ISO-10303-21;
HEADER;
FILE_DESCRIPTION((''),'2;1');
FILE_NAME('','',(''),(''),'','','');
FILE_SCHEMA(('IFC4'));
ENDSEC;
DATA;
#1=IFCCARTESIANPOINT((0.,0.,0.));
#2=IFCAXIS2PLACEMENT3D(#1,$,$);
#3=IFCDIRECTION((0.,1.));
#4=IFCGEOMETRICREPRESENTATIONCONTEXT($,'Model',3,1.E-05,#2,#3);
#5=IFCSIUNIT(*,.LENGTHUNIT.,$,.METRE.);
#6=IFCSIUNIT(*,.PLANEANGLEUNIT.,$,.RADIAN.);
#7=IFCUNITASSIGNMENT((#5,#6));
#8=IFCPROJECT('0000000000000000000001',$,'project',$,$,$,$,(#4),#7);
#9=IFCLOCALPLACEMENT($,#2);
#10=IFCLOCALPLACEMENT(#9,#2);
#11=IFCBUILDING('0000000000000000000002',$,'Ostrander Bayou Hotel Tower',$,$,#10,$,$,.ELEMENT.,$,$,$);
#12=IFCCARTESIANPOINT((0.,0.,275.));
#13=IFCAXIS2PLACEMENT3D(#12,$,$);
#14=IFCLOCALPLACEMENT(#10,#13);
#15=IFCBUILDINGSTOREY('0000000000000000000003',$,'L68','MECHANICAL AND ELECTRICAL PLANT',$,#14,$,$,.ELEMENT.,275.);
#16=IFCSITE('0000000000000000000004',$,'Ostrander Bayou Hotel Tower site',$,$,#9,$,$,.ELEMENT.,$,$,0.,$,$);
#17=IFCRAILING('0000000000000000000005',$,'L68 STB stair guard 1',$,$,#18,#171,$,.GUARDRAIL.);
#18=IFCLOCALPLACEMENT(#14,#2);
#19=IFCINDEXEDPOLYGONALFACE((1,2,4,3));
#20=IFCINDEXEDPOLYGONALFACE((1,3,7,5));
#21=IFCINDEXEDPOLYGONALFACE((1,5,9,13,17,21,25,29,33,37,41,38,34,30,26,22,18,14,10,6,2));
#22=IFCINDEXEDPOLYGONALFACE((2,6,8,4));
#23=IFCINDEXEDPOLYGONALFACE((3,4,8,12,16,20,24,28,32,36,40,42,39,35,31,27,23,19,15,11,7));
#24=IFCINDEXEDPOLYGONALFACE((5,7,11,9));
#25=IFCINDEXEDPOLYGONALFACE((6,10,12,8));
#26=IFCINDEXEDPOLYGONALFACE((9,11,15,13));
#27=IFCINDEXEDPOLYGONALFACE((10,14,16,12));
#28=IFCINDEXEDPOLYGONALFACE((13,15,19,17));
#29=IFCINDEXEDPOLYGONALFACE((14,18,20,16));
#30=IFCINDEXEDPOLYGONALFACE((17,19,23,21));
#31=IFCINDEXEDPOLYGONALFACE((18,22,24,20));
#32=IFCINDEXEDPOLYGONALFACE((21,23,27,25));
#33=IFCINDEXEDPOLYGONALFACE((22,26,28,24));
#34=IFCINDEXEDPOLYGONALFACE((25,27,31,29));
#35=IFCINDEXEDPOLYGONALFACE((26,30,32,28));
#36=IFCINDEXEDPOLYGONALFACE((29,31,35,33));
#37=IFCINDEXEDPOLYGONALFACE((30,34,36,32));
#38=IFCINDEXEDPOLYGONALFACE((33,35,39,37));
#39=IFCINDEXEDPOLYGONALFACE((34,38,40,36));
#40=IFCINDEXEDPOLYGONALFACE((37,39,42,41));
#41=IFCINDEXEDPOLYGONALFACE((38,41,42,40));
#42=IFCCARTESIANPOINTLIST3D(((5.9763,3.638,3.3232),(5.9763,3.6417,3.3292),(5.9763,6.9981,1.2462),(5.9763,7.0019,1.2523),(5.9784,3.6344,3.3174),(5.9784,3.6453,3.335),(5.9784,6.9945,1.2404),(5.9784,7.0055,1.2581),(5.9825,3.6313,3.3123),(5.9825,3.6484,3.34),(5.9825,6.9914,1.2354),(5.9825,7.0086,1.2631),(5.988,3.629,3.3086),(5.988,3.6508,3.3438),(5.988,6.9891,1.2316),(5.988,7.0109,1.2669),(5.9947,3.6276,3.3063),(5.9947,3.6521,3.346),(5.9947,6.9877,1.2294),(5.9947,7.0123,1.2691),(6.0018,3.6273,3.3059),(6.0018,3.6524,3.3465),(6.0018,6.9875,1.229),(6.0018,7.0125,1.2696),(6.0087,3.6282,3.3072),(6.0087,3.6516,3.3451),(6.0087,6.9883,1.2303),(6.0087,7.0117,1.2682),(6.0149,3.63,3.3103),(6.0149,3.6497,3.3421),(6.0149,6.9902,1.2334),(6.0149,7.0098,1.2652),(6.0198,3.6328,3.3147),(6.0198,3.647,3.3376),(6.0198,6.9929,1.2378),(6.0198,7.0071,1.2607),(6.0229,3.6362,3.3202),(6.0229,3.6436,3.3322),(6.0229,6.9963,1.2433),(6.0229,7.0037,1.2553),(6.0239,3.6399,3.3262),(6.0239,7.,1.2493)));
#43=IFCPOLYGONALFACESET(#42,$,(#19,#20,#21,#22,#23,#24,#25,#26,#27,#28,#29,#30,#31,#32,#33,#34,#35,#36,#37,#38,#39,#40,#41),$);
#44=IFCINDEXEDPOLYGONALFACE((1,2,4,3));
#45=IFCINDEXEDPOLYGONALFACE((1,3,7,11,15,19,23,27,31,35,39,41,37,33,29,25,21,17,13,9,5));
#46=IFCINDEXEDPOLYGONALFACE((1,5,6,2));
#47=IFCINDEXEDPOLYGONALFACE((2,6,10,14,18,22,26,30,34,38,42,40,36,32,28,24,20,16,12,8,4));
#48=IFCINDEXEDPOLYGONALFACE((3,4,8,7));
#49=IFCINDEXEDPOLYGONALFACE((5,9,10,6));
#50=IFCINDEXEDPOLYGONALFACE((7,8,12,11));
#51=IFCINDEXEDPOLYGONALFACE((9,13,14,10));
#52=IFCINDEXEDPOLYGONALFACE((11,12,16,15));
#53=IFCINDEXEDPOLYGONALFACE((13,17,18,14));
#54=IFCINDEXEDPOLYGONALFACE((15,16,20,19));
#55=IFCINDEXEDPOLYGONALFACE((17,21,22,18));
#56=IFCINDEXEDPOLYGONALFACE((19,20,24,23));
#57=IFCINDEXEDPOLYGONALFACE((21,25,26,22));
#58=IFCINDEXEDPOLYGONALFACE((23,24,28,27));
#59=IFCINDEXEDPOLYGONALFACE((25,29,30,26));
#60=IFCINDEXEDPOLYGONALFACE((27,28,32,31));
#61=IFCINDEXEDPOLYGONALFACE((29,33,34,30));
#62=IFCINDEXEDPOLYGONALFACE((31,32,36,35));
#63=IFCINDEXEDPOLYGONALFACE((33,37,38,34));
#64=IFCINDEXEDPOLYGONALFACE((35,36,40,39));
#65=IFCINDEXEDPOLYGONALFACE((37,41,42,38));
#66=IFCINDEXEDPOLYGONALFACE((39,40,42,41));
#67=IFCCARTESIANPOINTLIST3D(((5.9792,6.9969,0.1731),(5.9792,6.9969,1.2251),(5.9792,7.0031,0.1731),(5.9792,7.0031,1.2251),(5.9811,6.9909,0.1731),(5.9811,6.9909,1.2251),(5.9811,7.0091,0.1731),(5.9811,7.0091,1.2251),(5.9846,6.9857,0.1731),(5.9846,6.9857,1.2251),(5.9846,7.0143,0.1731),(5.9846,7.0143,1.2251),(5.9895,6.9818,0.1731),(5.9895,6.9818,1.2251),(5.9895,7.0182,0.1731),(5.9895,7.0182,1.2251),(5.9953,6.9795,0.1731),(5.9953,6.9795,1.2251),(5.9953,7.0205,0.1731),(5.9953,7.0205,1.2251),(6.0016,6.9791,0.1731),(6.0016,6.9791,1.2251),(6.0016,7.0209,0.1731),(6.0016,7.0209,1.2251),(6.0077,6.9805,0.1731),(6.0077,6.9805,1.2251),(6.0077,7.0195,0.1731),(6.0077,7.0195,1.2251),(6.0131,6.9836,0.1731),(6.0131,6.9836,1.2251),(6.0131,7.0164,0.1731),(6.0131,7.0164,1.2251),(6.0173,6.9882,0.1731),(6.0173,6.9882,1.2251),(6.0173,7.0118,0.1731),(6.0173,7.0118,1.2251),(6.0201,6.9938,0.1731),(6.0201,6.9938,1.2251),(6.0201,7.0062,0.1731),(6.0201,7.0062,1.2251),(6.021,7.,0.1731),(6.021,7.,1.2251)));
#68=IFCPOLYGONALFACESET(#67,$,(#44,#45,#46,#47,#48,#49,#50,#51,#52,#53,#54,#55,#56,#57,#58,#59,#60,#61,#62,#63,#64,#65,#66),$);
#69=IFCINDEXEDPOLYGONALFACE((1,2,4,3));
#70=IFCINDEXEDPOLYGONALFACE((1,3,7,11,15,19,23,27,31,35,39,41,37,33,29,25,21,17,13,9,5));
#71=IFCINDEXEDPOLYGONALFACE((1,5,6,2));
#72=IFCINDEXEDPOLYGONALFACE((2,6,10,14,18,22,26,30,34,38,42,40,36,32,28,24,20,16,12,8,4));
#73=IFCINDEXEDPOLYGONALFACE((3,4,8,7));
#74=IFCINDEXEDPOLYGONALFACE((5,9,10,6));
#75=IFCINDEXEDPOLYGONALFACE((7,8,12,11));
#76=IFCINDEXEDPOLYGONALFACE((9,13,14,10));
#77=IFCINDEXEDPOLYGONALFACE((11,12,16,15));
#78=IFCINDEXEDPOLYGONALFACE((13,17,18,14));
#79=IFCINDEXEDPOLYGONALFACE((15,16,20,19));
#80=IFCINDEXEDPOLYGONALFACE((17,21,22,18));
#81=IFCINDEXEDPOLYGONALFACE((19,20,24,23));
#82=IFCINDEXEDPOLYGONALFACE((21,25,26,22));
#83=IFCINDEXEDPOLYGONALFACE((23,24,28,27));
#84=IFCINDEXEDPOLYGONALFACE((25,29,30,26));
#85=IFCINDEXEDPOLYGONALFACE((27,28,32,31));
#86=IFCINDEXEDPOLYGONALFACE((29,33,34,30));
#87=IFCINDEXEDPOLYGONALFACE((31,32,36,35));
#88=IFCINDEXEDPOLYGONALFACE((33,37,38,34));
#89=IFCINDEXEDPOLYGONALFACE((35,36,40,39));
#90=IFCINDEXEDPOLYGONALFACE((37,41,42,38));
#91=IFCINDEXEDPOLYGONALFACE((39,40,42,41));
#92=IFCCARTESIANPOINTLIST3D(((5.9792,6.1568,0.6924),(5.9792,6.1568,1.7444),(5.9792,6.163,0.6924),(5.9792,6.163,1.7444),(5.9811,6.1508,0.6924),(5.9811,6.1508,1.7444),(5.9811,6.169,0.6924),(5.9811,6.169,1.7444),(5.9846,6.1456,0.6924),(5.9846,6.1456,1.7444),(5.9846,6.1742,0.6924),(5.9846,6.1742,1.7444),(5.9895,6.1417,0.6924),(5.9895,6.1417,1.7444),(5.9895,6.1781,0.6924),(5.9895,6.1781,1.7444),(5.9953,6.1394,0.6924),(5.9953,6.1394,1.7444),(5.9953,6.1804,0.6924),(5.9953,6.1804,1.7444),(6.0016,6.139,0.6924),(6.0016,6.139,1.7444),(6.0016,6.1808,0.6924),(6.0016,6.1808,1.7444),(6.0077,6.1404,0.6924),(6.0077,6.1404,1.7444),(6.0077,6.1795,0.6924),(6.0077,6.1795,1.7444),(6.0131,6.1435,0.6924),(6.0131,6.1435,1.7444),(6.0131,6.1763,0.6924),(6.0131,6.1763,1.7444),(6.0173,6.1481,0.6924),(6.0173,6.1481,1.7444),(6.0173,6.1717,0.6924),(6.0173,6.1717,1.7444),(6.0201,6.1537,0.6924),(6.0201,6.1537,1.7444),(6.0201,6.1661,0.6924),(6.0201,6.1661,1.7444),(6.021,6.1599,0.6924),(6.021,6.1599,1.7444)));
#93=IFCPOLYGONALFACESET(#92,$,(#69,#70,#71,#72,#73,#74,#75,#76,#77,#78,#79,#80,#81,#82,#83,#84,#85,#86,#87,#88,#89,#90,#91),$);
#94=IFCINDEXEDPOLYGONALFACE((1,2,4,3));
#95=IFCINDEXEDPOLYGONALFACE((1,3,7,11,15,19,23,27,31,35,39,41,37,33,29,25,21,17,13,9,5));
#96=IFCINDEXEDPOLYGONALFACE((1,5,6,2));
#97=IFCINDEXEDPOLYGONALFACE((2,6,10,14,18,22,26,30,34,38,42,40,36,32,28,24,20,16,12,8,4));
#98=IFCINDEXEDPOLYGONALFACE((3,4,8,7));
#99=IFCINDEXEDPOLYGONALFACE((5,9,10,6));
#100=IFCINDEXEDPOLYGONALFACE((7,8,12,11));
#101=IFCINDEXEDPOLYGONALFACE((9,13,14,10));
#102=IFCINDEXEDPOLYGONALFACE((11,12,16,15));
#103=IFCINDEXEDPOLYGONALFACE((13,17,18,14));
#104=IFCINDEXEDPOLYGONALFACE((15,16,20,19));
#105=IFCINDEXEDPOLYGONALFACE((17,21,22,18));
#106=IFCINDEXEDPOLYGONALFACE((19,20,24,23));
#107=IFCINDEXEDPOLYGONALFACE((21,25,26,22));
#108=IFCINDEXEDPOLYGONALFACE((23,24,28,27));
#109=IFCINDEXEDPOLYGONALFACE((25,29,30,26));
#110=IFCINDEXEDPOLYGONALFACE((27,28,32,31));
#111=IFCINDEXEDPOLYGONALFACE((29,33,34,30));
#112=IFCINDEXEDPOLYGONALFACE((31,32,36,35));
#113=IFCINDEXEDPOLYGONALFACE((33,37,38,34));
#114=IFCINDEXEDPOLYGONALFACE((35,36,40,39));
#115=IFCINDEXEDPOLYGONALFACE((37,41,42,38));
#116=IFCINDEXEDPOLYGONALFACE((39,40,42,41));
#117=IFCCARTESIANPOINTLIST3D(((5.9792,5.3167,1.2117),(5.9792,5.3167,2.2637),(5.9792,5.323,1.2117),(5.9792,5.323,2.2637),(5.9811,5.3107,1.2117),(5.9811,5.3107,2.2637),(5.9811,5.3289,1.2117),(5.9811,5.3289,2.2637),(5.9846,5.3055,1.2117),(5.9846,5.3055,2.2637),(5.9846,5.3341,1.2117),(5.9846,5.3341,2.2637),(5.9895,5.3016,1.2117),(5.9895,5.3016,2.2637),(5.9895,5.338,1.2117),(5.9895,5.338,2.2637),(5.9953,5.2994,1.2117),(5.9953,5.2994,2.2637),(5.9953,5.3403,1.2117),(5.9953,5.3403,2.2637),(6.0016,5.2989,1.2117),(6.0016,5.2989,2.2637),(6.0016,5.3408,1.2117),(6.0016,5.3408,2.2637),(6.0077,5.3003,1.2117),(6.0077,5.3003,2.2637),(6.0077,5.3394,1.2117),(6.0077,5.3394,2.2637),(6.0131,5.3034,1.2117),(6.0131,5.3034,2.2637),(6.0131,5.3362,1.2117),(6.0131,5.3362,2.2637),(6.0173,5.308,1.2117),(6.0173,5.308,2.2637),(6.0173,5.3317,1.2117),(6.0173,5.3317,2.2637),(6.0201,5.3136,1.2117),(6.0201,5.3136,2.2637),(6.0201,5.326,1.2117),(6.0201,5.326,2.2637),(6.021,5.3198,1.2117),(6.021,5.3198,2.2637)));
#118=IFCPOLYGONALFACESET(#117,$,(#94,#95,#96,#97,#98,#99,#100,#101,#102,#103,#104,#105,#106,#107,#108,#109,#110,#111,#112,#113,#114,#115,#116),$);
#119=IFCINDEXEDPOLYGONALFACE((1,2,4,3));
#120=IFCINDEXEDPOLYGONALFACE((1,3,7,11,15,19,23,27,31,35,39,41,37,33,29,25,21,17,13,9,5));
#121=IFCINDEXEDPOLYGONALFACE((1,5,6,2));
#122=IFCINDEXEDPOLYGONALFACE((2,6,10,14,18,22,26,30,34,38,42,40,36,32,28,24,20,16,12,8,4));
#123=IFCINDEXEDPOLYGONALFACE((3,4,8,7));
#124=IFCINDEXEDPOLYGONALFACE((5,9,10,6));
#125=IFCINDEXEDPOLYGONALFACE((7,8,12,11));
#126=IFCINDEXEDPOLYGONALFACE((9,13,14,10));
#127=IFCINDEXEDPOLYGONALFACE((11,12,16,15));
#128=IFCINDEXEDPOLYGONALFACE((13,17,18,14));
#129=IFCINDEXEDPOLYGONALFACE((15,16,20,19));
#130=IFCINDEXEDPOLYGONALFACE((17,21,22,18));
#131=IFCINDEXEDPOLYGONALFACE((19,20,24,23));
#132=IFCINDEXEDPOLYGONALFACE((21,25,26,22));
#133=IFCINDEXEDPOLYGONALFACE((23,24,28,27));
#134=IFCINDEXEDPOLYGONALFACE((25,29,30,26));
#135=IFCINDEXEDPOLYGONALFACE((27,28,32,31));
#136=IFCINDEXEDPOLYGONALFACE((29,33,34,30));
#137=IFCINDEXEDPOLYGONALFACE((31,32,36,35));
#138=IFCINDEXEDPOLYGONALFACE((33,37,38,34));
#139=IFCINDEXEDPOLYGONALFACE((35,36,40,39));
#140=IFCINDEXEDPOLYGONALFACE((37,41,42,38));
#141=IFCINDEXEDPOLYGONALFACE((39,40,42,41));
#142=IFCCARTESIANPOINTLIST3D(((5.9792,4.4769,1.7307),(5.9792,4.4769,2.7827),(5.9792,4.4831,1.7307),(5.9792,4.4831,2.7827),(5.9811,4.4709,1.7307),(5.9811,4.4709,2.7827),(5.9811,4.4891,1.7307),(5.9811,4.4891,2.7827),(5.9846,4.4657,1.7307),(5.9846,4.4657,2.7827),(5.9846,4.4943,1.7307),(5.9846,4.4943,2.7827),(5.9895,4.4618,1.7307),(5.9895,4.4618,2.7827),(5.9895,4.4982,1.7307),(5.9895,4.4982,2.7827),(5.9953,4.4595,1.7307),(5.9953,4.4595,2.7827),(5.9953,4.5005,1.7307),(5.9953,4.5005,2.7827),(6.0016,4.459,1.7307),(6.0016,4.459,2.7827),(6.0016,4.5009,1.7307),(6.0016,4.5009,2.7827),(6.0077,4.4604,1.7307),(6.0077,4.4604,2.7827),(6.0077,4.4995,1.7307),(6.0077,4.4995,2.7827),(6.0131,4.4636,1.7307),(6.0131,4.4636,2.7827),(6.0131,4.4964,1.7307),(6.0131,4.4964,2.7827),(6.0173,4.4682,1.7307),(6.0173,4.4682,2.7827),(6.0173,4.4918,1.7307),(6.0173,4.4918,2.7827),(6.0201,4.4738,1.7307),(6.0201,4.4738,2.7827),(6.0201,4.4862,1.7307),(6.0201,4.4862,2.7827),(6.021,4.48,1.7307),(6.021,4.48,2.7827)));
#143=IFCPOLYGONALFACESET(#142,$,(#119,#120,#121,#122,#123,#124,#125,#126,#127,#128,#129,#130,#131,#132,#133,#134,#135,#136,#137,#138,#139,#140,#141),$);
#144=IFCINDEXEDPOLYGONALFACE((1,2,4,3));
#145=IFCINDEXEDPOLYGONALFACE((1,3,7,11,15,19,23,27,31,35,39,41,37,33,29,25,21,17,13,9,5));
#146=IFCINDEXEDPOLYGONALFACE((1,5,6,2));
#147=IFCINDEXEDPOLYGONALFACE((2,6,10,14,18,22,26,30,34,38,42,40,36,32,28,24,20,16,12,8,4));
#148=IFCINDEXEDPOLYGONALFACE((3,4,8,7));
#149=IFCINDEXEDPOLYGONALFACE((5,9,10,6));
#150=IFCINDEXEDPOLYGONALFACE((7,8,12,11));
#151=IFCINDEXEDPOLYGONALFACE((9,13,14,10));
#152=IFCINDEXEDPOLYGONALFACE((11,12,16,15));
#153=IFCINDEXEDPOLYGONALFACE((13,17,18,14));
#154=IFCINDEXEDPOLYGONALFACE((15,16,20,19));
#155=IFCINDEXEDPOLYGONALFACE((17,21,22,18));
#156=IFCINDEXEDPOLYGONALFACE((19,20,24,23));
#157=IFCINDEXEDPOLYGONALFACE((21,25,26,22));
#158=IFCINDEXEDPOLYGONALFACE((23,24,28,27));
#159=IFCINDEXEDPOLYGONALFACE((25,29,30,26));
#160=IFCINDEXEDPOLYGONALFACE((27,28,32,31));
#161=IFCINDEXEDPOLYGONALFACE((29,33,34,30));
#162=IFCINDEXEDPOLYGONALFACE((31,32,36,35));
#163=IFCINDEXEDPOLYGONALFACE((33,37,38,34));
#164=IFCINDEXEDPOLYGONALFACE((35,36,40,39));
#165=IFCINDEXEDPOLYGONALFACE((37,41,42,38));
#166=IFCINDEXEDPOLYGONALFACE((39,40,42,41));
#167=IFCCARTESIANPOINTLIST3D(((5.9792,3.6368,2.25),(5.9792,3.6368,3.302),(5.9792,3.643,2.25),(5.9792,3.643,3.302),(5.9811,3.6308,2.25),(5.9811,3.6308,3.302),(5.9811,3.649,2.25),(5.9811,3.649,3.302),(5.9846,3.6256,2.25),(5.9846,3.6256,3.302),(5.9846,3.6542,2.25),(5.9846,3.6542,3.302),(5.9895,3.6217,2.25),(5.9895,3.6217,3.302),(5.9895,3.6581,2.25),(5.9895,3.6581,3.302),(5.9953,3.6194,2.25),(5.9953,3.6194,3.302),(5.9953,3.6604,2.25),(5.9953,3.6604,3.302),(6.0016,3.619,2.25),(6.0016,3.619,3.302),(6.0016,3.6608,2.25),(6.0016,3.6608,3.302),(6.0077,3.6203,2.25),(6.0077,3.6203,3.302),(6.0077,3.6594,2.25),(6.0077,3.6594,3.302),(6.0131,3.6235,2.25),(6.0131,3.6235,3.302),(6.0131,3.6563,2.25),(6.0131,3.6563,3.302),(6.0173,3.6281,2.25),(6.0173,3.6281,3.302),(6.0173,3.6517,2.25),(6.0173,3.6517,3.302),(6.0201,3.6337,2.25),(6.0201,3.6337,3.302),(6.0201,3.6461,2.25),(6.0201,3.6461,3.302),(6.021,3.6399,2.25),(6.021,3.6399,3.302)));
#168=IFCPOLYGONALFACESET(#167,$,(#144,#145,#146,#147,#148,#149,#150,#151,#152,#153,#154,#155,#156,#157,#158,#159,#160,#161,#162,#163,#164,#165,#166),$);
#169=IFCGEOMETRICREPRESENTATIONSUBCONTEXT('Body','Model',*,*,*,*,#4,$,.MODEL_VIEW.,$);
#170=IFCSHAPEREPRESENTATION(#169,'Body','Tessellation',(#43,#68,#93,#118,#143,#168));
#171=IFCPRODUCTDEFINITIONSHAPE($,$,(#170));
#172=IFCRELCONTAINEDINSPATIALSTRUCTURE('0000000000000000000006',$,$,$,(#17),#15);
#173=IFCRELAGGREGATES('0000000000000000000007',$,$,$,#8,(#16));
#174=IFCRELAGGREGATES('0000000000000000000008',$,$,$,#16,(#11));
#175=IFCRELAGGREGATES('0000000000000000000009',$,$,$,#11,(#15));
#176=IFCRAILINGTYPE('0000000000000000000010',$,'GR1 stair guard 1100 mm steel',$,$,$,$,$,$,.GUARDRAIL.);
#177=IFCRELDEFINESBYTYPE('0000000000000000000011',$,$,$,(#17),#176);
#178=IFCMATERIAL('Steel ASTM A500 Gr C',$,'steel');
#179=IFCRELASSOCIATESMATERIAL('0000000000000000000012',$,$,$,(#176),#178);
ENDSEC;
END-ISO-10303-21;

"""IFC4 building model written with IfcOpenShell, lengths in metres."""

from ifc_helpers import new_model, si_unit, direction, frame, origin, origin_2d, place, context, subcontext, project, spatial, circle, extrude, material, type_object, element, save


model = new_model("IFC4")

# Units and contexts
model_context = context("Model", 3, precision=1e-05, world=origin(), true_north=direction((0.0, 1.0)))
body_context = subcontext(model_context, "Body", "Model", "MODEL_VIEW")
ifc_project = project(units=[si_unit("LENGTHUNIT", "METRE"), si_unit("PLANEANGLEUNIT", "RADIAN")], contexts=[model_context])

# Site, building, storey
site_placement = place(None, origin())
site = spatial("IfcSite", under=ifc_project, at=site_placement, Name="Ostrander Bayou Hotel Tower site", CompositionType="ELEMENT", RefElevation=0.0)
building_placement = place(site_placement, origin())
building = spatial("IfcBuilding", under=site, at=building_placement, Name="Ostrander Bayou Hotel Tower", CompositionType="ELEMENT")
storey_placement = place(building_placement, frame((0.0, 0.0, 275.0)))
storey = spatial("IfcBuildingStorey", under=building, at=storey_placement, Name="L68", Description="MECHANICAL AND ELECTRICAL PLANT", CompositionType="ELEMENT", Elevation=275.0)

# Railing
ifc_material_1 = material(Name="Steel ASTM A500 Gr C", Category="steel")
railing_type_1 = type_object("IfcRailingType", Name="GR1 stair guard 1100 mm steel", PredefinedType="GUARDRAIL", material=ifc_material_1)
railing_1_placement = place(storey_placement, frame((6.0, 7.0, 0.1731)))
element("IfcRailing", 1, at=railing_1_placement, inside=storey, type_object=railing_type_1, Name="L68 STB stair guard 1", PredefinedType="GUARDRAIL", context=body_context, shape_type="SweptSolid", body=[
    extrude(circle(Radius=0.0239, at=origin_2d()), frame((0.0, 0.0, 1.0762), z_axis=(0.0, -0.850623, 0.525776), x_axis=(1.0, 0.0, 0.0)), (0.0, 0.0, 1.0), 3.9502),
    extrude(circle(Radius=0.021, at=origin_2d()), origin(), (0.0, 0.0, 1.0), 1.052),
    extrude(circle(Radius=0.021, at=origin_2d()), frame((0.0, -0.8401, 0.5193)), (0.0, 0.0, 1.0), 1.052),
    extrude(circle(Radius=0.021, at=origin_2d()), frame((0.0, -1.6802, 1.0386)), (0.0, 0.0, 1.0), 1.052),
    extrude(circle(Radius=0.021, at=origin_2d()), frame((0.0, -2.52, 1.5576)), (0.0, 0.0, 1.0), 1.052),
    extrude(circle(Radius=0.021, at=origin_2d()), frame((0.0, -3.3601, 2.0769)), (0.0, 0.0, 1.0), 1.052),
])

save(model, "model.ifc")
